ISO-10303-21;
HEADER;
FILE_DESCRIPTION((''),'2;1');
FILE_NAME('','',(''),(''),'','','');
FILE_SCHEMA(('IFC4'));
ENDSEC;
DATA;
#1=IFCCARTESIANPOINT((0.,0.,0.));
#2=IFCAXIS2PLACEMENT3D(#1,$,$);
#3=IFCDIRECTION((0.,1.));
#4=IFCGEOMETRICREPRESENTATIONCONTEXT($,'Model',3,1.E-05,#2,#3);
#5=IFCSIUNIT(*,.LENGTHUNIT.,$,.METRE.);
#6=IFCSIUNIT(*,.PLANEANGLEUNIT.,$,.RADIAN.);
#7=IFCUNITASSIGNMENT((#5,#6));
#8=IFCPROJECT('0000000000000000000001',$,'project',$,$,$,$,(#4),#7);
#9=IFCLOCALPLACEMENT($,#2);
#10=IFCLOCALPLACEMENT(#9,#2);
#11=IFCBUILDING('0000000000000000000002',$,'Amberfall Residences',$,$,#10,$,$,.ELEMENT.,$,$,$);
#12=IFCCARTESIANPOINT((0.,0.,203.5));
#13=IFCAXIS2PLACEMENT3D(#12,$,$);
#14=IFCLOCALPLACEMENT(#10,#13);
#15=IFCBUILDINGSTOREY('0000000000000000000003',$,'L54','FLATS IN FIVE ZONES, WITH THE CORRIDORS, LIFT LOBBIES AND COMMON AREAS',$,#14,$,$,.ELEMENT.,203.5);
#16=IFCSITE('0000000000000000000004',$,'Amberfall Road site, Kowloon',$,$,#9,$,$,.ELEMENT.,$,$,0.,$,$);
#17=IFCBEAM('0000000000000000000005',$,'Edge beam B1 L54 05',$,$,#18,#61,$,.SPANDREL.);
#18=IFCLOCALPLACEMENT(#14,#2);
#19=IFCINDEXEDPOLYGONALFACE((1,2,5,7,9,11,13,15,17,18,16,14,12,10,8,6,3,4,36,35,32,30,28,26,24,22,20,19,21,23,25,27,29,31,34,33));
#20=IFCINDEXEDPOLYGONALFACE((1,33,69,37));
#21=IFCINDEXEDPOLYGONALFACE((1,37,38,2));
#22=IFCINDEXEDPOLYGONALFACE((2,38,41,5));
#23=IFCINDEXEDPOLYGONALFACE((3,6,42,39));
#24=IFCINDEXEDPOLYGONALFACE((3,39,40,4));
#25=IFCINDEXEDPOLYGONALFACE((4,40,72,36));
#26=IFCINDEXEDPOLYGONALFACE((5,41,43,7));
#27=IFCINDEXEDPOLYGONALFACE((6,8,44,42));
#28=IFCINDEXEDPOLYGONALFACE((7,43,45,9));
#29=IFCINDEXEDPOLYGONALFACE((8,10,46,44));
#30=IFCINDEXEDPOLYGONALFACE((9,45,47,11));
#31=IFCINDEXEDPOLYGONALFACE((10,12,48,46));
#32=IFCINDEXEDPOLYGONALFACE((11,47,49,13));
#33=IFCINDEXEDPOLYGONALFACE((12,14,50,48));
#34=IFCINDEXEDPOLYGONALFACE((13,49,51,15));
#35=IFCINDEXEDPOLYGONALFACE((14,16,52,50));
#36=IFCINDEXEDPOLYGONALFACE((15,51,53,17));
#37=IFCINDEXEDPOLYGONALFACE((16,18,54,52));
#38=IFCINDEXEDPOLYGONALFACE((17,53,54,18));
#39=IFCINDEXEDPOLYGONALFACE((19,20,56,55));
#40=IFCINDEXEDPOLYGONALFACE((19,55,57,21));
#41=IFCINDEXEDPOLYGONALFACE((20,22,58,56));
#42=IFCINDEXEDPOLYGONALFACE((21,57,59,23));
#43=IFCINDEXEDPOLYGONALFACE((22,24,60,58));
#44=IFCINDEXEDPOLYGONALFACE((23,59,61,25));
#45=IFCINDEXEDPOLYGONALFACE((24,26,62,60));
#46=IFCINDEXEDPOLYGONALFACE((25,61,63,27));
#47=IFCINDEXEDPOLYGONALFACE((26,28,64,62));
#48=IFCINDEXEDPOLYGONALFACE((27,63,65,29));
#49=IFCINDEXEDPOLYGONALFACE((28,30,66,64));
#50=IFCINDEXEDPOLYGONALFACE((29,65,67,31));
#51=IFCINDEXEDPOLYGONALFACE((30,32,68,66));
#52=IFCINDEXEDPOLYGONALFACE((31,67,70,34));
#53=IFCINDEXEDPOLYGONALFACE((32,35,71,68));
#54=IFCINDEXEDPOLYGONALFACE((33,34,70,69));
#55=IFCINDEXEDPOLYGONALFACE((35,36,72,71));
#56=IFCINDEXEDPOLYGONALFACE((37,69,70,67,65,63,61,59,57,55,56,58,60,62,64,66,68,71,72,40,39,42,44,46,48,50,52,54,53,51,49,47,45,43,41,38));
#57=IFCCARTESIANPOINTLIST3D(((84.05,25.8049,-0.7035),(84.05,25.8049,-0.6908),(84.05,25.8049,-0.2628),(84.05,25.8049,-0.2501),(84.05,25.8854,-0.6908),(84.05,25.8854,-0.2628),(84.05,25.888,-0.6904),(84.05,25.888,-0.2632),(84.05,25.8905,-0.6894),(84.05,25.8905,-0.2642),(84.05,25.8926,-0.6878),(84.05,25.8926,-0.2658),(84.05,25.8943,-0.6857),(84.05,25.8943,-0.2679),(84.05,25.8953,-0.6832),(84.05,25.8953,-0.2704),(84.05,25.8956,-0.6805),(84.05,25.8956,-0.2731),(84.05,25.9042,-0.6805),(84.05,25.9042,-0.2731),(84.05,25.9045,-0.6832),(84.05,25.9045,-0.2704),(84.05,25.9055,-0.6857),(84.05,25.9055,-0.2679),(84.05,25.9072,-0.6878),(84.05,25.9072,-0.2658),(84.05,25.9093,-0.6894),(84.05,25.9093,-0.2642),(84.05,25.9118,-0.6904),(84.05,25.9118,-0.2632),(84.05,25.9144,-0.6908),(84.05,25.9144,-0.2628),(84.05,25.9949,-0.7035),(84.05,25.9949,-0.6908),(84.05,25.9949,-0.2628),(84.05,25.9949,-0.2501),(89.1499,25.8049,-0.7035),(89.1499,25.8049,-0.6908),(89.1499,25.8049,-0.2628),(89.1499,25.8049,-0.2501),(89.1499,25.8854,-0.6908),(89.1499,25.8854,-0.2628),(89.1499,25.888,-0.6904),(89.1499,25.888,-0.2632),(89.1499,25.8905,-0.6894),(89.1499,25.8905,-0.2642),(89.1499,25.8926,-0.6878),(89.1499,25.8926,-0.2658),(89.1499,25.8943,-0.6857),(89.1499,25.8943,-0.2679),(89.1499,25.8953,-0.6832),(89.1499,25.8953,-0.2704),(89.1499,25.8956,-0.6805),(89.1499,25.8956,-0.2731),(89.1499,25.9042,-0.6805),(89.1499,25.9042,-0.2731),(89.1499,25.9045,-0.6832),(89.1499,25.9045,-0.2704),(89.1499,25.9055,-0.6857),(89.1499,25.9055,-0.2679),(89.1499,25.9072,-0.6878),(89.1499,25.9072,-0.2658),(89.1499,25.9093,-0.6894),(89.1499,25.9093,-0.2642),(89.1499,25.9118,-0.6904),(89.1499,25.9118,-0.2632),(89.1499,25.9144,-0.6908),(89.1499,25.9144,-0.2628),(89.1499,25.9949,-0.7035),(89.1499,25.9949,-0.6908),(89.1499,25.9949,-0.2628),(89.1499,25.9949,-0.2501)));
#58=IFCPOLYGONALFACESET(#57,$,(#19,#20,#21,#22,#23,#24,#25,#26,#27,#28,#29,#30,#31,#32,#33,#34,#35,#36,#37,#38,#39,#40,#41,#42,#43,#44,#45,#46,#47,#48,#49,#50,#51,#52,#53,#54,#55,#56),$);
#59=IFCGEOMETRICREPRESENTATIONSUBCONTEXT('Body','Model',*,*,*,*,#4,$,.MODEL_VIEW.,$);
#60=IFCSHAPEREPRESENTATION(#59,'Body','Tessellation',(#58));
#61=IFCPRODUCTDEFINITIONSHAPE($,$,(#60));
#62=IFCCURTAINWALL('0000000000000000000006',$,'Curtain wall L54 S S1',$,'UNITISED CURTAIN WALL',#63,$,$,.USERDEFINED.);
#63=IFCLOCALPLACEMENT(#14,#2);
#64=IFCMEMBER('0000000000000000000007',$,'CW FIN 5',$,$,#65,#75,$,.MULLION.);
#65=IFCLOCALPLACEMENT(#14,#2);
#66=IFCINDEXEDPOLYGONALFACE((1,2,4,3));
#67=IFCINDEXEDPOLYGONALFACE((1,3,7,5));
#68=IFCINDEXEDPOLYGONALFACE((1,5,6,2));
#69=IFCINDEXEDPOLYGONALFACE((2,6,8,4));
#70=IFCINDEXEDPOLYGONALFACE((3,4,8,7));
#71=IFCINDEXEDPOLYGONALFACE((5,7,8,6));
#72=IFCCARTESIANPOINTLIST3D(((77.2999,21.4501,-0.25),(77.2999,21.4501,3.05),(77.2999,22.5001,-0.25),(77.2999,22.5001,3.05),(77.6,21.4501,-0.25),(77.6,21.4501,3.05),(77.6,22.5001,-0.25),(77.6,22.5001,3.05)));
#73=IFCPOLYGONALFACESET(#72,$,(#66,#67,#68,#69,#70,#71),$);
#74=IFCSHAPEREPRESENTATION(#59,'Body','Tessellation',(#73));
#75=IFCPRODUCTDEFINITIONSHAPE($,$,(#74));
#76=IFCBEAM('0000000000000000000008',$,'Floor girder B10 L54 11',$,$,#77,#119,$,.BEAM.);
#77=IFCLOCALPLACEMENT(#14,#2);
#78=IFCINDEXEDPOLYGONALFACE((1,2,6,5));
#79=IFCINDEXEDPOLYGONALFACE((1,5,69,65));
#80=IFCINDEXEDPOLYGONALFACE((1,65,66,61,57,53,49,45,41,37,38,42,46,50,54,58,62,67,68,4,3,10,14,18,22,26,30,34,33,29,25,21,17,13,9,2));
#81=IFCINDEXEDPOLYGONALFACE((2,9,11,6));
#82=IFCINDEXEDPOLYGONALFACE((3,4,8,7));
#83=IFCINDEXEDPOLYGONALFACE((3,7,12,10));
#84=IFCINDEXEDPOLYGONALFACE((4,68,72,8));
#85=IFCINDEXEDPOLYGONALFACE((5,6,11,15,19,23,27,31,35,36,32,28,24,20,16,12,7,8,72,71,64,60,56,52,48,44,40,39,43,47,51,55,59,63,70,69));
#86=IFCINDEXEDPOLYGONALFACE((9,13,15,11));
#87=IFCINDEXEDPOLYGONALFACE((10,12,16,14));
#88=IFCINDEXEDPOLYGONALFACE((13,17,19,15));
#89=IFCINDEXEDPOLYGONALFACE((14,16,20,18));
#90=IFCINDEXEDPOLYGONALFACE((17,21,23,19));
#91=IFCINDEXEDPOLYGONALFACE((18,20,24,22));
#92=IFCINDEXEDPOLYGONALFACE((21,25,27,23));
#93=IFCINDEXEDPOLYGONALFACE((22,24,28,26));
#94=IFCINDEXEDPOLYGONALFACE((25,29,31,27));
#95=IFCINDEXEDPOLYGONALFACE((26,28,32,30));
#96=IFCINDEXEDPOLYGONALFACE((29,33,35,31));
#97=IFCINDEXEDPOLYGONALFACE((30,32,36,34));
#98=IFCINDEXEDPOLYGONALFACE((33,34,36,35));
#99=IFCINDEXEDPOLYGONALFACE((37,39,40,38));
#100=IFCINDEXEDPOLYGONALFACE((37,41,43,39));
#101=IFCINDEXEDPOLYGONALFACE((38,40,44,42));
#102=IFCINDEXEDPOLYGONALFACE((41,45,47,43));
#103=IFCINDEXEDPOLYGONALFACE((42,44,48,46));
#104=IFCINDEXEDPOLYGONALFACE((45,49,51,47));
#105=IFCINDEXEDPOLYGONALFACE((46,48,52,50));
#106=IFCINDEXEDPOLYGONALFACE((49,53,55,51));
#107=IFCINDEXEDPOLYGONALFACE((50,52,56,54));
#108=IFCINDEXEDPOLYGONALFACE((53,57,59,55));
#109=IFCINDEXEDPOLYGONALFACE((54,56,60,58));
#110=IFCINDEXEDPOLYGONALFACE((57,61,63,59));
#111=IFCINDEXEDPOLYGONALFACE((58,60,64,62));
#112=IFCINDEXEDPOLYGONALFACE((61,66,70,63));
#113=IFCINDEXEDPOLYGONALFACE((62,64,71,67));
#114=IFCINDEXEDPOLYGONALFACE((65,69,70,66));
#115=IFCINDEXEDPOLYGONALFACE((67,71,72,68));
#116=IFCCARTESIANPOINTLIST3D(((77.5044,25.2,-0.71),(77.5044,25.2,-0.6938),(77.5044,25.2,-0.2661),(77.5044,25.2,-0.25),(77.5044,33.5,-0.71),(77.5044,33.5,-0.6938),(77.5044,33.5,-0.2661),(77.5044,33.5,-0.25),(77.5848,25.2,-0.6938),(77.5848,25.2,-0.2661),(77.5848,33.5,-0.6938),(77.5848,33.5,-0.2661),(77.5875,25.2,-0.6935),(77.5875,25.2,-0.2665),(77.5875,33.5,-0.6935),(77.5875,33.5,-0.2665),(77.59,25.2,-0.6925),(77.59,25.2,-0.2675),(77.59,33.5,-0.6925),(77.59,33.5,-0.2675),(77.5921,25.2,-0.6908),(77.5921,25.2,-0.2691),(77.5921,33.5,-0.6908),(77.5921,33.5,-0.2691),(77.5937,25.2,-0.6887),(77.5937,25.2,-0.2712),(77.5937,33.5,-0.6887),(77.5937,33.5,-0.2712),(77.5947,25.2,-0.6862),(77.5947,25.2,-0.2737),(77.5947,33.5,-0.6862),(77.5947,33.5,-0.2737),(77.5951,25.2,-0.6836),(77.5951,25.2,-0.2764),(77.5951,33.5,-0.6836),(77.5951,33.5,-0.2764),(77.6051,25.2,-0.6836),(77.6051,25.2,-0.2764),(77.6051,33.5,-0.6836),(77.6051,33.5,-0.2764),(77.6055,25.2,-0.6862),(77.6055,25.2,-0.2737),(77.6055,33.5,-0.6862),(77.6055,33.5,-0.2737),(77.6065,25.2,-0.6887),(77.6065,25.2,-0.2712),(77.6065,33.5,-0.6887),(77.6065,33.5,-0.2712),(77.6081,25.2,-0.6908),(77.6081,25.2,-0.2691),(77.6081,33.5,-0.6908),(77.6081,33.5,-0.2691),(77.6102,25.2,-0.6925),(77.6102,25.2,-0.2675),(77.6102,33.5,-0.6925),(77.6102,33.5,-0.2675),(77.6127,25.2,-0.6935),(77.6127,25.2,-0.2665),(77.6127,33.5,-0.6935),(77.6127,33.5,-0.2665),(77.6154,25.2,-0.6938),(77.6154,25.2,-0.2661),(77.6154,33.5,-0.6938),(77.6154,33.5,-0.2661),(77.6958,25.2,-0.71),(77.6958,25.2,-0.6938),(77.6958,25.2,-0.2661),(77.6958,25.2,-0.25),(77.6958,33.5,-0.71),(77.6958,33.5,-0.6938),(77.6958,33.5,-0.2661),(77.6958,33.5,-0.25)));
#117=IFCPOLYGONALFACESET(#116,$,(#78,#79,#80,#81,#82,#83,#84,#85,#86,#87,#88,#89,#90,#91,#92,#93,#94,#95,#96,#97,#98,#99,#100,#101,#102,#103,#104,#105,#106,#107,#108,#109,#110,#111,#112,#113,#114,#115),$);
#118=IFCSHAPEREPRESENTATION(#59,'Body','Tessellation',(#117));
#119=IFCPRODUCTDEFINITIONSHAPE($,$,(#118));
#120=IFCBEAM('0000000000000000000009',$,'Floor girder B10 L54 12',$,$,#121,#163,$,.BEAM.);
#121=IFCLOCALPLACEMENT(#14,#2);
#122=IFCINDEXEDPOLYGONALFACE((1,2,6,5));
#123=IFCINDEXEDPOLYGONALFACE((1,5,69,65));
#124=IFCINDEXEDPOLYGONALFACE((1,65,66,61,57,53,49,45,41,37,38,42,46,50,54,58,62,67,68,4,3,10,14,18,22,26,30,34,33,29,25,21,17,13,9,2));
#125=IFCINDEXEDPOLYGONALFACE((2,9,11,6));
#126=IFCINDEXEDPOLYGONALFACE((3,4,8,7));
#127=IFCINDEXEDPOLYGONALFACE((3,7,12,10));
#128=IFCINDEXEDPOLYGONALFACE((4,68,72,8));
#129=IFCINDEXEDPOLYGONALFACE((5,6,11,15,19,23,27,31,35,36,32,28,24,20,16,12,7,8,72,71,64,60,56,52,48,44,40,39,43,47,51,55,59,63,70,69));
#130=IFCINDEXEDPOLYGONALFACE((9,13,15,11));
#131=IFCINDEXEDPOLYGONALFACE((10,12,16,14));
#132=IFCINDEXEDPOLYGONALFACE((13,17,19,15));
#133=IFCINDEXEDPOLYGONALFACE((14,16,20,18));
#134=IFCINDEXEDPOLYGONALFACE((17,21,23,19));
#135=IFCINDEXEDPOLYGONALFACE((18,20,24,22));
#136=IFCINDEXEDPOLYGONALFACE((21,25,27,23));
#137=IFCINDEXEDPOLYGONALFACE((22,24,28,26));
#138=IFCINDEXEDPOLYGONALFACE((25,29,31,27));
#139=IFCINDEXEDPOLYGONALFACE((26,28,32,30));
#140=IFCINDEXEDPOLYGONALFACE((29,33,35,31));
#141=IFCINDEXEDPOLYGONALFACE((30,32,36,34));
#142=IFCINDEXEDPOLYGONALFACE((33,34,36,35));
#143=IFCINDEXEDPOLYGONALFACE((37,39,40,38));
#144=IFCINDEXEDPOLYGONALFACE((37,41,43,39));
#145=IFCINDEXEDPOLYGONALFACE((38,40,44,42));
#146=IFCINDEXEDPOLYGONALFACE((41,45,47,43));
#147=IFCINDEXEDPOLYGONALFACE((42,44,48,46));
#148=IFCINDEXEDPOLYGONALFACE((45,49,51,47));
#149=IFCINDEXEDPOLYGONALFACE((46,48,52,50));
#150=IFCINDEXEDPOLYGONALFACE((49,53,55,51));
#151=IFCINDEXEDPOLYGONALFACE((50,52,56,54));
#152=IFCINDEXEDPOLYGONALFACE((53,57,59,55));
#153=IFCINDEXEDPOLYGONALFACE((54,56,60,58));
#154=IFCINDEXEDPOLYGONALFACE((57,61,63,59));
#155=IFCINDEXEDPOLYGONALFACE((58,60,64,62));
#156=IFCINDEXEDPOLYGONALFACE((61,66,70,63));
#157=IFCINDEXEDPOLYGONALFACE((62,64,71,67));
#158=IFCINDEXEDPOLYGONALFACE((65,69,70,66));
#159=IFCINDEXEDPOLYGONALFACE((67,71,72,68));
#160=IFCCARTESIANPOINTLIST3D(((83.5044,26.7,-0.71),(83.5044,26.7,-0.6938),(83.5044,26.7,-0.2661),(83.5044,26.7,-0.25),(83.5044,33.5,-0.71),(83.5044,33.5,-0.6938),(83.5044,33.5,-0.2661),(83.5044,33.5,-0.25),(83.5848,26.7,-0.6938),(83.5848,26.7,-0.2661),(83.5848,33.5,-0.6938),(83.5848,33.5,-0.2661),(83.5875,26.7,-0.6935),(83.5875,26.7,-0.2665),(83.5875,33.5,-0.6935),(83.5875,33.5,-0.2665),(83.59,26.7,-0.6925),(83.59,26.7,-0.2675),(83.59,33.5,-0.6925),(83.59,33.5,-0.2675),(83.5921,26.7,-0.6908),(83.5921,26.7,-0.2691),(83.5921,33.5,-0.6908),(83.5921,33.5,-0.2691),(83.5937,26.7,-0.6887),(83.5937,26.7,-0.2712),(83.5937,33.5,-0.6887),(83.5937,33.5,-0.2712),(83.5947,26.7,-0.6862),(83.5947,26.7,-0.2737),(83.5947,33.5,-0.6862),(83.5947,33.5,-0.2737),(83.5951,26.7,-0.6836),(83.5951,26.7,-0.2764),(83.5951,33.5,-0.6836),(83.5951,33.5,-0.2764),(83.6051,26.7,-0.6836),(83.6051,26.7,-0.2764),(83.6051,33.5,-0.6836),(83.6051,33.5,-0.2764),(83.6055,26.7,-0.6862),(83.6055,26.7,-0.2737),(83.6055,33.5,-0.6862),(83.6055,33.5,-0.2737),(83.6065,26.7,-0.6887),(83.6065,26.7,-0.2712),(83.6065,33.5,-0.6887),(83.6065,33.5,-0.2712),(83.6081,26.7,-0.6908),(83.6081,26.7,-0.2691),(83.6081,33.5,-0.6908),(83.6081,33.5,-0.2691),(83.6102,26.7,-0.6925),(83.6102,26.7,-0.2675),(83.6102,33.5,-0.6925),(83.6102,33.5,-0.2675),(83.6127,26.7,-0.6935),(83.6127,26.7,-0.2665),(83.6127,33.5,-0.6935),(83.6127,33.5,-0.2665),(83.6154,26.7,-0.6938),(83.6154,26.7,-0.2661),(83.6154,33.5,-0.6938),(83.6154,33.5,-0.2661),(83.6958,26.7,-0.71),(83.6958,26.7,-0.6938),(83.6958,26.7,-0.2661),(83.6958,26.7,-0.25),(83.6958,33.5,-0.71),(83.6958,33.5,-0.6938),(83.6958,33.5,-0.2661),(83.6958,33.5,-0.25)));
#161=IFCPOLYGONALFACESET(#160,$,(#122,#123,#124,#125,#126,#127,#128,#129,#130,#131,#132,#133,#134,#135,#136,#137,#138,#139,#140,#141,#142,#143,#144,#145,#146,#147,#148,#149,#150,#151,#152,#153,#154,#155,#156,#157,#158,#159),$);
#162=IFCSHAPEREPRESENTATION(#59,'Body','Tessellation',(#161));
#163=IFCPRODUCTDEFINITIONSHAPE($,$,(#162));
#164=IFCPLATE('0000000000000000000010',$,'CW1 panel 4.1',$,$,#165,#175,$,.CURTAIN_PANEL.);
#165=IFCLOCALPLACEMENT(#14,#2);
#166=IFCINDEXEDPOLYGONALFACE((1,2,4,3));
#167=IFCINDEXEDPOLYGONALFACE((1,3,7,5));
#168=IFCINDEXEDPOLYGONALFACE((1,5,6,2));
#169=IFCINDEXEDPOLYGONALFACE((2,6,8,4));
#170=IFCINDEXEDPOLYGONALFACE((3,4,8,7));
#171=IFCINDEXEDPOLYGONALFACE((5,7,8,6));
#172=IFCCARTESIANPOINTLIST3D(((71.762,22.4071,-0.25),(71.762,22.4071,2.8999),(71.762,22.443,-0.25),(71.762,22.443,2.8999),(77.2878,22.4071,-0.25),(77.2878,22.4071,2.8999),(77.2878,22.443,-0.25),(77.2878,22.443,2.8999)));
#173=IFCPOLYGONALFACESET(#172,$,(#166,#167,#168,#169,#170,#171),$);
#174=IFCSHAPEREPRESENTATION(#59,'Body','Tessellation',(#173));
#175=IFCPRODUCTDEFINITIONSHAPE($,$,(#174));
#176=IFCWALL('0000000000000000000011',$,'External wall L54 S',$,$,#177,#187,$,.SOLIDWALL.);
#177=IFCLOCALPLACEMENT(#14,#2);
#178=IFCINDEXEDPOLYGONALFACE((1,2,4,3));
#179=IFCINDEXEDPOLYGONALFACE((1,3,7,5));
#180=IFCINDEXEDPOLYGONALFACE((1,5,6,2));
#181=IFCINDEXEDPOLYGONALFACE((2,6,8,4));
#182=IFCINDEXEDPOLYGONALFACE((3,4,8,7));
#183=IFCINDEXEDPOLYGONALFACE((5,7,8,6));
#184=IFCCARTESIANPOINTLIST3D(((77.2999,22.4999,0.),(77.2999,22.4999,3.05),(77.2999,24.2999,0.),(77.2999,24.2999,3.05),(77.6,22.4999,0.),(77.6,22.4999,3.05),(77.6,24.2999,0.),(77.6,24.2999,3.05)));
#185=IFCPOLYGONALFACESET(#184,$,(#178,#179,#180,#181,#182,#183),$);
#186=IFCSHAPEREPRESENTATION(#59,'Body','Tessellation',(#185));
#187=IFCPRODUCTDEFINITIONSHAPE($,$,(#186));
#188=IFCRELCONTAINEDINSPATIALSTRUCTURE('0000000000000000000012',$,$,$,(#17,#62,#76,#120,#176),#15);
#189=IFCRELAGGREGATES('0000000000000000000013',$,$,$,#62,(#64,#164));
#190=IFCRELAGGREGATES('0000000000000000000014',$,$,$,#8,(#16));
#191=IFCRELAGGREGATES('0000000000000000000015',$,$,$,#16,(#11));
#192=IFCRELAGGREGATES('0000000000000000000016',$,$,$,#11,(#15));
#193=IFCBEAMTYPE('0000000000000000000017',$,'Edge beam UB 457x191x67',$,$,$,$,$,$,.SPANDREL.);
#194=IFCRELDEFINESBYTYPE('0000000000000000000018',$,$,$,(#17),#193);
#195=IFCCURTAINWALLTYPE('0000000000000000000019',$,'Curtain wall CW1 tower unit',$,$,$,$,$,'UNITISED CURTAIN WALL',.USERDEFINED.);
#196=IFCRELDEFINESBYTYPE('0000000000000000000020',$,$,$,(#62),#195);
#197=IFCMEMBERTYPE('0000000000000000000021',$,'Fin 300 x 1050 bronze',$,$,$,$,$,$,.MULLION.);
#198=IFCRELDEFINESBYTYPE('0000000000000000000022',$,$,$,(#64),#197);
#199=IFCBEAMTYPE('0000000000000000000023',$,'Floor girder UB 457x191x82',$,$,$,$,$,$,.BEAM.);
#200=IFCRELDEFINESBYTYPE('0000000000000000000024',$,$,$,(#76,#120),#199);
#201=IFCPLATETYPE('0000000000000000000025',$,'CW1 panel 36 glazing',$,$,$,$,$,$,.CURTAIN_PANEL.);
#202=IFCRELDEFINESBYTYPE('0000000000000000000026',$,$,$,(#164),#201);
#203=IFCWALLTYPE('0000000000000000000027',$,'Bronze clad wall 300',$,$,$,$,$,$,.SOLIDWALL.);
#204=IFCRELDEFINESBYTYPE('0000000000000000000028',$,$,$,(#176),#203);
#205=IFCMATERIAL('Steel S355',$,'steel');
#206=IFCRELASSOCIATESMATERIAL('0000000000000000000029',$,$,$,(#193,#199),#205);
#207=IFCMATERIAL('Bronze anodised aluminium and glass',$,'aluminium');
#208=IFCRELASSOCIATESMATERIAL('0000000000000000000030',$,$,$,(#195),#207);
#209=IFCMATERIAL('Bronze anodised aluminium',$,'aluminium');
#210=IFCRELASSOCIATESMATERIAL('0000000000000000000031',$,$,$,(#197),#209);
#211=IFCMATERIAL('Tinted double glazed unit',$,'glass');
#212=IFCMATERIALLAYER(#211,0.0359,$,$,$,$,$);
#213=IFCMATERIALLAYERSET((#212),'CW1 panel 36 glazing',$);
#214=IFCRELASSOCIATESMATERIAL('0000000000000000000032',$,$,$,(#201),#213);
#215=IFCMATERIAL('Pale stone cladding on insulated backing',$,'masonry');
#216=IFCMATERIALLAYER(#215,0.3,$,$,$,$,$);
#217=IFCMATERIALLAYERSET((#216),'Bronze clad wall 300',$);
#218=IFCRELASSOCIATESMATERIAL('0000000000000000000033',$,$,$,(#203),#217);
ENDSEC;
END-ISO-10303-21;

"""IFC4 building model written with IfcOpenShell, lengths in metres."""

from ifc_helpers import new_model, si_unit, direction, frame, frame_2d, origin, origin_2d, place, context, subcontext, project, spatial, rectangle, i_section, extrude, material, layer, layer_set, material_profile, profile_set, type_object, element, aggregate, save


model = new_model("IFC4")

# Units and contexts
model_context = context("Model", 3, precision=1e-05, world=origin(), true_north=direction((0.0, 1.0)))
body_context = subcontext(model_context, "Body", "Model", "MODEL_VIEW")
ifc_project = project(units=[si_unit("LENGTHUNIT", "METRE"), si_unit("PLANEANGLEUNIT", "RADIAN")], contexts=[model_context])

# Site, building, storey
site_placement = place(None, origin())
site = spatial("IfcSite", under=ifc_project, at=site_placement, Name="Amberfall Road site, Kowloon", CompositionType="ELEMENT", RefElevation=0.0)
building_placement = place(site_placement, origin())
building = spatial("IfcBuilding", under=site, at=building_placement, Name="Amberfall Residences", CompositionType="ELEMENT")
storey_placement = place(building_placement, frame((0.0, 0.0, 203.5)))
storey = spatial("IfcBuildingStorey", under=building, at=storey_placement, Name="L54", Description="FLATS IN FIVE ZONES, WITH THE CORRIDORS, LIFT LOBBIES AND COMMON AREAS", CompositionType="ELEMENT", Elevation=203.5)

# Beam
ifc_material_1 = material(Name="Steel S355", Category="steel")
ifc_material_profile_1 = material_profile(ifc_material_1, i_section(OverallWidth=0.1899, OverallDepth=0.4534, WebThickness=0.0085, FlangeThickness=0.0127, FilletRadius=0.0103, at=origin_2d()), Name="UB 457x191x67")
ifc_profile_set_1 = profile_set([ifc_material_profile_1], Name="Steel S355")
beam_type_1 = type_object("IfcBeamType", Name="Edge beam UB 457x191x67", PredefinedType="SPANDREL", material=ifc_profile_set_1)
beam_1_placement = place(storey_placement, frame((84.05, 25.8999, -0.4768), z_axis=(1.0, 0.0, 0.0), x_axis=(0.0, 1.0, 0.0)))
element("IfcBeam", 1, at=beam_1_placement, inside=storey, type_object=beam_type_1, Name="Edge beam B1 L54 05", PredefinedType="SPANDREL", context=body_context, shape_type="SweptSolid", body=[
    extrude(i_section(OverallWidth=0.1899, OverallDepth=0.4534, WebThickness=0.0085, FlangeThickness=0.0127, FilletRadius=0.0103, at=origin_2d()), origin(), (0.0, 0.0, 1.0), 5.0999),
])

# Curtain wall, member
ifc_material_2 = material(Name="Bronze anodised aluminium and glass", Category="aluminium")
curtain_wall_type = type_object("IfcCurtainWallType", Name="Curtain wall CW1 tower unit", ElementType="UNITISED CURTAIN WALL", PredefinedType="USERDEFINED", material=ifc_material_2)
curtain_wall_placement = place(storey_placement, origin())
curtain_wall = element("IfcCurtainWall", 2, at=curtain_wall_placement, inside=storey, type_object=curtain_wall_type, Name="Curtain wall L54 S S1", ObjectType="UNITISED CURTAIN WALL", PredefinedType="USERDEFINED")
ifc_material_3 = material(Name="Bronze anodised aluminium", Category="aluminium")
ifc_material_profile_2 = material_profile(ifc_material_3, rectangle(XDim=1.05, YDim=0.3, at=origin_2d()), Name="Fin 300 x 1050 bronze")
ifc_profile_set_2 = profile_set([ifc_material_profile_2], Name="Bronze anodised aluminium")
member_type = type_object("IfcMemberType", Name="Fin 300 x 1050 bronze", PredefinedType="MULLION", material=ifc_profile_set_2)
member_placement = place(storey_placement, frame((77.45, 21.9751, -0.25), z_axis=(0.0, 0.0, 1.0), x_axis=(0.0, 1.0, 0.0)))
member = element("IfcMember", 3, at=member_placement, type_object=member_type, Name="CW FIN 5", PredefinedType="MULLION", context=body_context, shape_type="SweptSolid", body=[
    extrude(rectangle(XDim=1.05, YDim=0.3, at=origin_2d()), origin(), (0.0, 0.0, 1.0), 3.3),
])

# Beams
ifc_material_profile_3 = material_profile(ifc_material_1, i_section(OverallWidth=0.1914, OverallDepth=0.46, WebThickness=0.01, FlangeThickness=0.0161, FilletRadius=0.0103, at=origin_2d()), Name="UB 457x191x82")
ifc_profile_set_3 = profile_set([ifc_material_profile_3], Name="Steel S355")
beam_type_2 = type_object("IfcBeamType", Name="Floor girder UB 457x191x82", PredefinedType="BEAM", material=ifc_profile_set_3)
beam_2_placement = place(storey_placement, frame((77.6001, 25.2, -0.48), z_axis=(0.0, 1.0, 0.0), x_axis=(-1.0, 0.0, 0.0)))
element("IfcBeam", 4, at=beam_2_placement, inside=storey, type_object=beam_type_2, Name="Floor girder B10 L54 11", PredefinedType="BEAM", context=body_context, shape_type="SweptSolid", body=[
    extrude(i_section(OverallWidth=0.1914, OverallDepth=0.46, WebThickness=0.01, FlangeThickness=0.0161, FilletRadius=0.0103, at=origin_2d()), origin(), (0.0, 0.0, 1.0), 8.3),
])
beam_3_placement = place(storey_placement, frame((83.6001, 26.7, -0.48), z_axis=(0.0, 1.0, 0.0), x_axis=(-1.0, 0.0, 0.0)))
element("IfcBeam", 5, at=beam_3_placement, inside=storey, type_object=beam_type_2, Name="Floor girder B10 L54 12", PredefinedType="BEAM", context=body_context, shape_type="SweptSolid", body=[
    extrude(i_section(OverallWidth=0.1914, OverallDepth=0.46, WebThickness=0.01, FlangeThickness=0.0161, FilletRadius=0.0103, at=origin_2d()), origin(), (0.0, 0.0, 1.0), 6.8),
])

# Plate
ifc_material_4 = material(Name="Tinted double glazed unit", Category="glass")
ifc_layer_1 = layer(ifc_material_4, 0.0359)
ifc_layer_set_1 = layer_set([ifc_layer_1], Name="CW1 panel 36 glazing")
plate_type = type_object("IfcPlateType", Name="CW1 panel 36 glazing", PredefinedType="CURTAIN_PANEL", material=ifc_layer_set_1)
plate_placement = place(storey_placement, frame((74.5249, 22.425, -0.25), z_axis=(0.0, 0.0, 1.0), x_axis=(1.0, 0.0, 0.0)))
plate = element("IfcPlate", 6, at=plate_placement, type_object=plate_type, Name="CW1 panel 4.1", PredefinedType="CURTAIN_PANEL", context=body_context, shape_type="SweptSolid", body=[
    extrude(rectangle(XDim=5.5259, YDim=0.0359, at=origin_2d()), origin(), (0.0, 0.0, 1.0), 3.1499),
])
aggregate(curtain_wall, [member, plate])

# Wall
ifc_material_5 = material(Name="Pale stone cladding on insulated backing", Category="masonry")
ifc_layer_2 = layer(ifc_material_5, 0.3)
ifc_layer_set_2 = layer_set([ifc_layer_2], Name="Bronze clad wall 300")
wall_type_1 = type_object("IfcWallType", Name="Bronze clad wall 300", PredefinedType="SOLIDWALL", material=ifc_layer_set_2)
for number, where, z_axis, x_axis, name in (
    (7, (77.45, 22.5, 0.0), (0.0, 0.0, 1.0), (0.0, 1.0, 0.0), "External wall L54 S"),
):
    element("IfcWall", number, at=place(storey_placement, frame(where, z_axis=z_axis, x_axis=x_axis)), inside=storey, type_object=wall_type_1, Name=name, PredefinedType="SOLIDWALL", context=body_context, shape_type="SweptSolid", body=[
        extrude(rectangle(XDim=1.8, YDim=0.3, at=frame_2d((0.8999, 0.0))), origin(), (0.0, 0.0, 1.0), 3.05),
    ])

save(model, "model.ifc")
